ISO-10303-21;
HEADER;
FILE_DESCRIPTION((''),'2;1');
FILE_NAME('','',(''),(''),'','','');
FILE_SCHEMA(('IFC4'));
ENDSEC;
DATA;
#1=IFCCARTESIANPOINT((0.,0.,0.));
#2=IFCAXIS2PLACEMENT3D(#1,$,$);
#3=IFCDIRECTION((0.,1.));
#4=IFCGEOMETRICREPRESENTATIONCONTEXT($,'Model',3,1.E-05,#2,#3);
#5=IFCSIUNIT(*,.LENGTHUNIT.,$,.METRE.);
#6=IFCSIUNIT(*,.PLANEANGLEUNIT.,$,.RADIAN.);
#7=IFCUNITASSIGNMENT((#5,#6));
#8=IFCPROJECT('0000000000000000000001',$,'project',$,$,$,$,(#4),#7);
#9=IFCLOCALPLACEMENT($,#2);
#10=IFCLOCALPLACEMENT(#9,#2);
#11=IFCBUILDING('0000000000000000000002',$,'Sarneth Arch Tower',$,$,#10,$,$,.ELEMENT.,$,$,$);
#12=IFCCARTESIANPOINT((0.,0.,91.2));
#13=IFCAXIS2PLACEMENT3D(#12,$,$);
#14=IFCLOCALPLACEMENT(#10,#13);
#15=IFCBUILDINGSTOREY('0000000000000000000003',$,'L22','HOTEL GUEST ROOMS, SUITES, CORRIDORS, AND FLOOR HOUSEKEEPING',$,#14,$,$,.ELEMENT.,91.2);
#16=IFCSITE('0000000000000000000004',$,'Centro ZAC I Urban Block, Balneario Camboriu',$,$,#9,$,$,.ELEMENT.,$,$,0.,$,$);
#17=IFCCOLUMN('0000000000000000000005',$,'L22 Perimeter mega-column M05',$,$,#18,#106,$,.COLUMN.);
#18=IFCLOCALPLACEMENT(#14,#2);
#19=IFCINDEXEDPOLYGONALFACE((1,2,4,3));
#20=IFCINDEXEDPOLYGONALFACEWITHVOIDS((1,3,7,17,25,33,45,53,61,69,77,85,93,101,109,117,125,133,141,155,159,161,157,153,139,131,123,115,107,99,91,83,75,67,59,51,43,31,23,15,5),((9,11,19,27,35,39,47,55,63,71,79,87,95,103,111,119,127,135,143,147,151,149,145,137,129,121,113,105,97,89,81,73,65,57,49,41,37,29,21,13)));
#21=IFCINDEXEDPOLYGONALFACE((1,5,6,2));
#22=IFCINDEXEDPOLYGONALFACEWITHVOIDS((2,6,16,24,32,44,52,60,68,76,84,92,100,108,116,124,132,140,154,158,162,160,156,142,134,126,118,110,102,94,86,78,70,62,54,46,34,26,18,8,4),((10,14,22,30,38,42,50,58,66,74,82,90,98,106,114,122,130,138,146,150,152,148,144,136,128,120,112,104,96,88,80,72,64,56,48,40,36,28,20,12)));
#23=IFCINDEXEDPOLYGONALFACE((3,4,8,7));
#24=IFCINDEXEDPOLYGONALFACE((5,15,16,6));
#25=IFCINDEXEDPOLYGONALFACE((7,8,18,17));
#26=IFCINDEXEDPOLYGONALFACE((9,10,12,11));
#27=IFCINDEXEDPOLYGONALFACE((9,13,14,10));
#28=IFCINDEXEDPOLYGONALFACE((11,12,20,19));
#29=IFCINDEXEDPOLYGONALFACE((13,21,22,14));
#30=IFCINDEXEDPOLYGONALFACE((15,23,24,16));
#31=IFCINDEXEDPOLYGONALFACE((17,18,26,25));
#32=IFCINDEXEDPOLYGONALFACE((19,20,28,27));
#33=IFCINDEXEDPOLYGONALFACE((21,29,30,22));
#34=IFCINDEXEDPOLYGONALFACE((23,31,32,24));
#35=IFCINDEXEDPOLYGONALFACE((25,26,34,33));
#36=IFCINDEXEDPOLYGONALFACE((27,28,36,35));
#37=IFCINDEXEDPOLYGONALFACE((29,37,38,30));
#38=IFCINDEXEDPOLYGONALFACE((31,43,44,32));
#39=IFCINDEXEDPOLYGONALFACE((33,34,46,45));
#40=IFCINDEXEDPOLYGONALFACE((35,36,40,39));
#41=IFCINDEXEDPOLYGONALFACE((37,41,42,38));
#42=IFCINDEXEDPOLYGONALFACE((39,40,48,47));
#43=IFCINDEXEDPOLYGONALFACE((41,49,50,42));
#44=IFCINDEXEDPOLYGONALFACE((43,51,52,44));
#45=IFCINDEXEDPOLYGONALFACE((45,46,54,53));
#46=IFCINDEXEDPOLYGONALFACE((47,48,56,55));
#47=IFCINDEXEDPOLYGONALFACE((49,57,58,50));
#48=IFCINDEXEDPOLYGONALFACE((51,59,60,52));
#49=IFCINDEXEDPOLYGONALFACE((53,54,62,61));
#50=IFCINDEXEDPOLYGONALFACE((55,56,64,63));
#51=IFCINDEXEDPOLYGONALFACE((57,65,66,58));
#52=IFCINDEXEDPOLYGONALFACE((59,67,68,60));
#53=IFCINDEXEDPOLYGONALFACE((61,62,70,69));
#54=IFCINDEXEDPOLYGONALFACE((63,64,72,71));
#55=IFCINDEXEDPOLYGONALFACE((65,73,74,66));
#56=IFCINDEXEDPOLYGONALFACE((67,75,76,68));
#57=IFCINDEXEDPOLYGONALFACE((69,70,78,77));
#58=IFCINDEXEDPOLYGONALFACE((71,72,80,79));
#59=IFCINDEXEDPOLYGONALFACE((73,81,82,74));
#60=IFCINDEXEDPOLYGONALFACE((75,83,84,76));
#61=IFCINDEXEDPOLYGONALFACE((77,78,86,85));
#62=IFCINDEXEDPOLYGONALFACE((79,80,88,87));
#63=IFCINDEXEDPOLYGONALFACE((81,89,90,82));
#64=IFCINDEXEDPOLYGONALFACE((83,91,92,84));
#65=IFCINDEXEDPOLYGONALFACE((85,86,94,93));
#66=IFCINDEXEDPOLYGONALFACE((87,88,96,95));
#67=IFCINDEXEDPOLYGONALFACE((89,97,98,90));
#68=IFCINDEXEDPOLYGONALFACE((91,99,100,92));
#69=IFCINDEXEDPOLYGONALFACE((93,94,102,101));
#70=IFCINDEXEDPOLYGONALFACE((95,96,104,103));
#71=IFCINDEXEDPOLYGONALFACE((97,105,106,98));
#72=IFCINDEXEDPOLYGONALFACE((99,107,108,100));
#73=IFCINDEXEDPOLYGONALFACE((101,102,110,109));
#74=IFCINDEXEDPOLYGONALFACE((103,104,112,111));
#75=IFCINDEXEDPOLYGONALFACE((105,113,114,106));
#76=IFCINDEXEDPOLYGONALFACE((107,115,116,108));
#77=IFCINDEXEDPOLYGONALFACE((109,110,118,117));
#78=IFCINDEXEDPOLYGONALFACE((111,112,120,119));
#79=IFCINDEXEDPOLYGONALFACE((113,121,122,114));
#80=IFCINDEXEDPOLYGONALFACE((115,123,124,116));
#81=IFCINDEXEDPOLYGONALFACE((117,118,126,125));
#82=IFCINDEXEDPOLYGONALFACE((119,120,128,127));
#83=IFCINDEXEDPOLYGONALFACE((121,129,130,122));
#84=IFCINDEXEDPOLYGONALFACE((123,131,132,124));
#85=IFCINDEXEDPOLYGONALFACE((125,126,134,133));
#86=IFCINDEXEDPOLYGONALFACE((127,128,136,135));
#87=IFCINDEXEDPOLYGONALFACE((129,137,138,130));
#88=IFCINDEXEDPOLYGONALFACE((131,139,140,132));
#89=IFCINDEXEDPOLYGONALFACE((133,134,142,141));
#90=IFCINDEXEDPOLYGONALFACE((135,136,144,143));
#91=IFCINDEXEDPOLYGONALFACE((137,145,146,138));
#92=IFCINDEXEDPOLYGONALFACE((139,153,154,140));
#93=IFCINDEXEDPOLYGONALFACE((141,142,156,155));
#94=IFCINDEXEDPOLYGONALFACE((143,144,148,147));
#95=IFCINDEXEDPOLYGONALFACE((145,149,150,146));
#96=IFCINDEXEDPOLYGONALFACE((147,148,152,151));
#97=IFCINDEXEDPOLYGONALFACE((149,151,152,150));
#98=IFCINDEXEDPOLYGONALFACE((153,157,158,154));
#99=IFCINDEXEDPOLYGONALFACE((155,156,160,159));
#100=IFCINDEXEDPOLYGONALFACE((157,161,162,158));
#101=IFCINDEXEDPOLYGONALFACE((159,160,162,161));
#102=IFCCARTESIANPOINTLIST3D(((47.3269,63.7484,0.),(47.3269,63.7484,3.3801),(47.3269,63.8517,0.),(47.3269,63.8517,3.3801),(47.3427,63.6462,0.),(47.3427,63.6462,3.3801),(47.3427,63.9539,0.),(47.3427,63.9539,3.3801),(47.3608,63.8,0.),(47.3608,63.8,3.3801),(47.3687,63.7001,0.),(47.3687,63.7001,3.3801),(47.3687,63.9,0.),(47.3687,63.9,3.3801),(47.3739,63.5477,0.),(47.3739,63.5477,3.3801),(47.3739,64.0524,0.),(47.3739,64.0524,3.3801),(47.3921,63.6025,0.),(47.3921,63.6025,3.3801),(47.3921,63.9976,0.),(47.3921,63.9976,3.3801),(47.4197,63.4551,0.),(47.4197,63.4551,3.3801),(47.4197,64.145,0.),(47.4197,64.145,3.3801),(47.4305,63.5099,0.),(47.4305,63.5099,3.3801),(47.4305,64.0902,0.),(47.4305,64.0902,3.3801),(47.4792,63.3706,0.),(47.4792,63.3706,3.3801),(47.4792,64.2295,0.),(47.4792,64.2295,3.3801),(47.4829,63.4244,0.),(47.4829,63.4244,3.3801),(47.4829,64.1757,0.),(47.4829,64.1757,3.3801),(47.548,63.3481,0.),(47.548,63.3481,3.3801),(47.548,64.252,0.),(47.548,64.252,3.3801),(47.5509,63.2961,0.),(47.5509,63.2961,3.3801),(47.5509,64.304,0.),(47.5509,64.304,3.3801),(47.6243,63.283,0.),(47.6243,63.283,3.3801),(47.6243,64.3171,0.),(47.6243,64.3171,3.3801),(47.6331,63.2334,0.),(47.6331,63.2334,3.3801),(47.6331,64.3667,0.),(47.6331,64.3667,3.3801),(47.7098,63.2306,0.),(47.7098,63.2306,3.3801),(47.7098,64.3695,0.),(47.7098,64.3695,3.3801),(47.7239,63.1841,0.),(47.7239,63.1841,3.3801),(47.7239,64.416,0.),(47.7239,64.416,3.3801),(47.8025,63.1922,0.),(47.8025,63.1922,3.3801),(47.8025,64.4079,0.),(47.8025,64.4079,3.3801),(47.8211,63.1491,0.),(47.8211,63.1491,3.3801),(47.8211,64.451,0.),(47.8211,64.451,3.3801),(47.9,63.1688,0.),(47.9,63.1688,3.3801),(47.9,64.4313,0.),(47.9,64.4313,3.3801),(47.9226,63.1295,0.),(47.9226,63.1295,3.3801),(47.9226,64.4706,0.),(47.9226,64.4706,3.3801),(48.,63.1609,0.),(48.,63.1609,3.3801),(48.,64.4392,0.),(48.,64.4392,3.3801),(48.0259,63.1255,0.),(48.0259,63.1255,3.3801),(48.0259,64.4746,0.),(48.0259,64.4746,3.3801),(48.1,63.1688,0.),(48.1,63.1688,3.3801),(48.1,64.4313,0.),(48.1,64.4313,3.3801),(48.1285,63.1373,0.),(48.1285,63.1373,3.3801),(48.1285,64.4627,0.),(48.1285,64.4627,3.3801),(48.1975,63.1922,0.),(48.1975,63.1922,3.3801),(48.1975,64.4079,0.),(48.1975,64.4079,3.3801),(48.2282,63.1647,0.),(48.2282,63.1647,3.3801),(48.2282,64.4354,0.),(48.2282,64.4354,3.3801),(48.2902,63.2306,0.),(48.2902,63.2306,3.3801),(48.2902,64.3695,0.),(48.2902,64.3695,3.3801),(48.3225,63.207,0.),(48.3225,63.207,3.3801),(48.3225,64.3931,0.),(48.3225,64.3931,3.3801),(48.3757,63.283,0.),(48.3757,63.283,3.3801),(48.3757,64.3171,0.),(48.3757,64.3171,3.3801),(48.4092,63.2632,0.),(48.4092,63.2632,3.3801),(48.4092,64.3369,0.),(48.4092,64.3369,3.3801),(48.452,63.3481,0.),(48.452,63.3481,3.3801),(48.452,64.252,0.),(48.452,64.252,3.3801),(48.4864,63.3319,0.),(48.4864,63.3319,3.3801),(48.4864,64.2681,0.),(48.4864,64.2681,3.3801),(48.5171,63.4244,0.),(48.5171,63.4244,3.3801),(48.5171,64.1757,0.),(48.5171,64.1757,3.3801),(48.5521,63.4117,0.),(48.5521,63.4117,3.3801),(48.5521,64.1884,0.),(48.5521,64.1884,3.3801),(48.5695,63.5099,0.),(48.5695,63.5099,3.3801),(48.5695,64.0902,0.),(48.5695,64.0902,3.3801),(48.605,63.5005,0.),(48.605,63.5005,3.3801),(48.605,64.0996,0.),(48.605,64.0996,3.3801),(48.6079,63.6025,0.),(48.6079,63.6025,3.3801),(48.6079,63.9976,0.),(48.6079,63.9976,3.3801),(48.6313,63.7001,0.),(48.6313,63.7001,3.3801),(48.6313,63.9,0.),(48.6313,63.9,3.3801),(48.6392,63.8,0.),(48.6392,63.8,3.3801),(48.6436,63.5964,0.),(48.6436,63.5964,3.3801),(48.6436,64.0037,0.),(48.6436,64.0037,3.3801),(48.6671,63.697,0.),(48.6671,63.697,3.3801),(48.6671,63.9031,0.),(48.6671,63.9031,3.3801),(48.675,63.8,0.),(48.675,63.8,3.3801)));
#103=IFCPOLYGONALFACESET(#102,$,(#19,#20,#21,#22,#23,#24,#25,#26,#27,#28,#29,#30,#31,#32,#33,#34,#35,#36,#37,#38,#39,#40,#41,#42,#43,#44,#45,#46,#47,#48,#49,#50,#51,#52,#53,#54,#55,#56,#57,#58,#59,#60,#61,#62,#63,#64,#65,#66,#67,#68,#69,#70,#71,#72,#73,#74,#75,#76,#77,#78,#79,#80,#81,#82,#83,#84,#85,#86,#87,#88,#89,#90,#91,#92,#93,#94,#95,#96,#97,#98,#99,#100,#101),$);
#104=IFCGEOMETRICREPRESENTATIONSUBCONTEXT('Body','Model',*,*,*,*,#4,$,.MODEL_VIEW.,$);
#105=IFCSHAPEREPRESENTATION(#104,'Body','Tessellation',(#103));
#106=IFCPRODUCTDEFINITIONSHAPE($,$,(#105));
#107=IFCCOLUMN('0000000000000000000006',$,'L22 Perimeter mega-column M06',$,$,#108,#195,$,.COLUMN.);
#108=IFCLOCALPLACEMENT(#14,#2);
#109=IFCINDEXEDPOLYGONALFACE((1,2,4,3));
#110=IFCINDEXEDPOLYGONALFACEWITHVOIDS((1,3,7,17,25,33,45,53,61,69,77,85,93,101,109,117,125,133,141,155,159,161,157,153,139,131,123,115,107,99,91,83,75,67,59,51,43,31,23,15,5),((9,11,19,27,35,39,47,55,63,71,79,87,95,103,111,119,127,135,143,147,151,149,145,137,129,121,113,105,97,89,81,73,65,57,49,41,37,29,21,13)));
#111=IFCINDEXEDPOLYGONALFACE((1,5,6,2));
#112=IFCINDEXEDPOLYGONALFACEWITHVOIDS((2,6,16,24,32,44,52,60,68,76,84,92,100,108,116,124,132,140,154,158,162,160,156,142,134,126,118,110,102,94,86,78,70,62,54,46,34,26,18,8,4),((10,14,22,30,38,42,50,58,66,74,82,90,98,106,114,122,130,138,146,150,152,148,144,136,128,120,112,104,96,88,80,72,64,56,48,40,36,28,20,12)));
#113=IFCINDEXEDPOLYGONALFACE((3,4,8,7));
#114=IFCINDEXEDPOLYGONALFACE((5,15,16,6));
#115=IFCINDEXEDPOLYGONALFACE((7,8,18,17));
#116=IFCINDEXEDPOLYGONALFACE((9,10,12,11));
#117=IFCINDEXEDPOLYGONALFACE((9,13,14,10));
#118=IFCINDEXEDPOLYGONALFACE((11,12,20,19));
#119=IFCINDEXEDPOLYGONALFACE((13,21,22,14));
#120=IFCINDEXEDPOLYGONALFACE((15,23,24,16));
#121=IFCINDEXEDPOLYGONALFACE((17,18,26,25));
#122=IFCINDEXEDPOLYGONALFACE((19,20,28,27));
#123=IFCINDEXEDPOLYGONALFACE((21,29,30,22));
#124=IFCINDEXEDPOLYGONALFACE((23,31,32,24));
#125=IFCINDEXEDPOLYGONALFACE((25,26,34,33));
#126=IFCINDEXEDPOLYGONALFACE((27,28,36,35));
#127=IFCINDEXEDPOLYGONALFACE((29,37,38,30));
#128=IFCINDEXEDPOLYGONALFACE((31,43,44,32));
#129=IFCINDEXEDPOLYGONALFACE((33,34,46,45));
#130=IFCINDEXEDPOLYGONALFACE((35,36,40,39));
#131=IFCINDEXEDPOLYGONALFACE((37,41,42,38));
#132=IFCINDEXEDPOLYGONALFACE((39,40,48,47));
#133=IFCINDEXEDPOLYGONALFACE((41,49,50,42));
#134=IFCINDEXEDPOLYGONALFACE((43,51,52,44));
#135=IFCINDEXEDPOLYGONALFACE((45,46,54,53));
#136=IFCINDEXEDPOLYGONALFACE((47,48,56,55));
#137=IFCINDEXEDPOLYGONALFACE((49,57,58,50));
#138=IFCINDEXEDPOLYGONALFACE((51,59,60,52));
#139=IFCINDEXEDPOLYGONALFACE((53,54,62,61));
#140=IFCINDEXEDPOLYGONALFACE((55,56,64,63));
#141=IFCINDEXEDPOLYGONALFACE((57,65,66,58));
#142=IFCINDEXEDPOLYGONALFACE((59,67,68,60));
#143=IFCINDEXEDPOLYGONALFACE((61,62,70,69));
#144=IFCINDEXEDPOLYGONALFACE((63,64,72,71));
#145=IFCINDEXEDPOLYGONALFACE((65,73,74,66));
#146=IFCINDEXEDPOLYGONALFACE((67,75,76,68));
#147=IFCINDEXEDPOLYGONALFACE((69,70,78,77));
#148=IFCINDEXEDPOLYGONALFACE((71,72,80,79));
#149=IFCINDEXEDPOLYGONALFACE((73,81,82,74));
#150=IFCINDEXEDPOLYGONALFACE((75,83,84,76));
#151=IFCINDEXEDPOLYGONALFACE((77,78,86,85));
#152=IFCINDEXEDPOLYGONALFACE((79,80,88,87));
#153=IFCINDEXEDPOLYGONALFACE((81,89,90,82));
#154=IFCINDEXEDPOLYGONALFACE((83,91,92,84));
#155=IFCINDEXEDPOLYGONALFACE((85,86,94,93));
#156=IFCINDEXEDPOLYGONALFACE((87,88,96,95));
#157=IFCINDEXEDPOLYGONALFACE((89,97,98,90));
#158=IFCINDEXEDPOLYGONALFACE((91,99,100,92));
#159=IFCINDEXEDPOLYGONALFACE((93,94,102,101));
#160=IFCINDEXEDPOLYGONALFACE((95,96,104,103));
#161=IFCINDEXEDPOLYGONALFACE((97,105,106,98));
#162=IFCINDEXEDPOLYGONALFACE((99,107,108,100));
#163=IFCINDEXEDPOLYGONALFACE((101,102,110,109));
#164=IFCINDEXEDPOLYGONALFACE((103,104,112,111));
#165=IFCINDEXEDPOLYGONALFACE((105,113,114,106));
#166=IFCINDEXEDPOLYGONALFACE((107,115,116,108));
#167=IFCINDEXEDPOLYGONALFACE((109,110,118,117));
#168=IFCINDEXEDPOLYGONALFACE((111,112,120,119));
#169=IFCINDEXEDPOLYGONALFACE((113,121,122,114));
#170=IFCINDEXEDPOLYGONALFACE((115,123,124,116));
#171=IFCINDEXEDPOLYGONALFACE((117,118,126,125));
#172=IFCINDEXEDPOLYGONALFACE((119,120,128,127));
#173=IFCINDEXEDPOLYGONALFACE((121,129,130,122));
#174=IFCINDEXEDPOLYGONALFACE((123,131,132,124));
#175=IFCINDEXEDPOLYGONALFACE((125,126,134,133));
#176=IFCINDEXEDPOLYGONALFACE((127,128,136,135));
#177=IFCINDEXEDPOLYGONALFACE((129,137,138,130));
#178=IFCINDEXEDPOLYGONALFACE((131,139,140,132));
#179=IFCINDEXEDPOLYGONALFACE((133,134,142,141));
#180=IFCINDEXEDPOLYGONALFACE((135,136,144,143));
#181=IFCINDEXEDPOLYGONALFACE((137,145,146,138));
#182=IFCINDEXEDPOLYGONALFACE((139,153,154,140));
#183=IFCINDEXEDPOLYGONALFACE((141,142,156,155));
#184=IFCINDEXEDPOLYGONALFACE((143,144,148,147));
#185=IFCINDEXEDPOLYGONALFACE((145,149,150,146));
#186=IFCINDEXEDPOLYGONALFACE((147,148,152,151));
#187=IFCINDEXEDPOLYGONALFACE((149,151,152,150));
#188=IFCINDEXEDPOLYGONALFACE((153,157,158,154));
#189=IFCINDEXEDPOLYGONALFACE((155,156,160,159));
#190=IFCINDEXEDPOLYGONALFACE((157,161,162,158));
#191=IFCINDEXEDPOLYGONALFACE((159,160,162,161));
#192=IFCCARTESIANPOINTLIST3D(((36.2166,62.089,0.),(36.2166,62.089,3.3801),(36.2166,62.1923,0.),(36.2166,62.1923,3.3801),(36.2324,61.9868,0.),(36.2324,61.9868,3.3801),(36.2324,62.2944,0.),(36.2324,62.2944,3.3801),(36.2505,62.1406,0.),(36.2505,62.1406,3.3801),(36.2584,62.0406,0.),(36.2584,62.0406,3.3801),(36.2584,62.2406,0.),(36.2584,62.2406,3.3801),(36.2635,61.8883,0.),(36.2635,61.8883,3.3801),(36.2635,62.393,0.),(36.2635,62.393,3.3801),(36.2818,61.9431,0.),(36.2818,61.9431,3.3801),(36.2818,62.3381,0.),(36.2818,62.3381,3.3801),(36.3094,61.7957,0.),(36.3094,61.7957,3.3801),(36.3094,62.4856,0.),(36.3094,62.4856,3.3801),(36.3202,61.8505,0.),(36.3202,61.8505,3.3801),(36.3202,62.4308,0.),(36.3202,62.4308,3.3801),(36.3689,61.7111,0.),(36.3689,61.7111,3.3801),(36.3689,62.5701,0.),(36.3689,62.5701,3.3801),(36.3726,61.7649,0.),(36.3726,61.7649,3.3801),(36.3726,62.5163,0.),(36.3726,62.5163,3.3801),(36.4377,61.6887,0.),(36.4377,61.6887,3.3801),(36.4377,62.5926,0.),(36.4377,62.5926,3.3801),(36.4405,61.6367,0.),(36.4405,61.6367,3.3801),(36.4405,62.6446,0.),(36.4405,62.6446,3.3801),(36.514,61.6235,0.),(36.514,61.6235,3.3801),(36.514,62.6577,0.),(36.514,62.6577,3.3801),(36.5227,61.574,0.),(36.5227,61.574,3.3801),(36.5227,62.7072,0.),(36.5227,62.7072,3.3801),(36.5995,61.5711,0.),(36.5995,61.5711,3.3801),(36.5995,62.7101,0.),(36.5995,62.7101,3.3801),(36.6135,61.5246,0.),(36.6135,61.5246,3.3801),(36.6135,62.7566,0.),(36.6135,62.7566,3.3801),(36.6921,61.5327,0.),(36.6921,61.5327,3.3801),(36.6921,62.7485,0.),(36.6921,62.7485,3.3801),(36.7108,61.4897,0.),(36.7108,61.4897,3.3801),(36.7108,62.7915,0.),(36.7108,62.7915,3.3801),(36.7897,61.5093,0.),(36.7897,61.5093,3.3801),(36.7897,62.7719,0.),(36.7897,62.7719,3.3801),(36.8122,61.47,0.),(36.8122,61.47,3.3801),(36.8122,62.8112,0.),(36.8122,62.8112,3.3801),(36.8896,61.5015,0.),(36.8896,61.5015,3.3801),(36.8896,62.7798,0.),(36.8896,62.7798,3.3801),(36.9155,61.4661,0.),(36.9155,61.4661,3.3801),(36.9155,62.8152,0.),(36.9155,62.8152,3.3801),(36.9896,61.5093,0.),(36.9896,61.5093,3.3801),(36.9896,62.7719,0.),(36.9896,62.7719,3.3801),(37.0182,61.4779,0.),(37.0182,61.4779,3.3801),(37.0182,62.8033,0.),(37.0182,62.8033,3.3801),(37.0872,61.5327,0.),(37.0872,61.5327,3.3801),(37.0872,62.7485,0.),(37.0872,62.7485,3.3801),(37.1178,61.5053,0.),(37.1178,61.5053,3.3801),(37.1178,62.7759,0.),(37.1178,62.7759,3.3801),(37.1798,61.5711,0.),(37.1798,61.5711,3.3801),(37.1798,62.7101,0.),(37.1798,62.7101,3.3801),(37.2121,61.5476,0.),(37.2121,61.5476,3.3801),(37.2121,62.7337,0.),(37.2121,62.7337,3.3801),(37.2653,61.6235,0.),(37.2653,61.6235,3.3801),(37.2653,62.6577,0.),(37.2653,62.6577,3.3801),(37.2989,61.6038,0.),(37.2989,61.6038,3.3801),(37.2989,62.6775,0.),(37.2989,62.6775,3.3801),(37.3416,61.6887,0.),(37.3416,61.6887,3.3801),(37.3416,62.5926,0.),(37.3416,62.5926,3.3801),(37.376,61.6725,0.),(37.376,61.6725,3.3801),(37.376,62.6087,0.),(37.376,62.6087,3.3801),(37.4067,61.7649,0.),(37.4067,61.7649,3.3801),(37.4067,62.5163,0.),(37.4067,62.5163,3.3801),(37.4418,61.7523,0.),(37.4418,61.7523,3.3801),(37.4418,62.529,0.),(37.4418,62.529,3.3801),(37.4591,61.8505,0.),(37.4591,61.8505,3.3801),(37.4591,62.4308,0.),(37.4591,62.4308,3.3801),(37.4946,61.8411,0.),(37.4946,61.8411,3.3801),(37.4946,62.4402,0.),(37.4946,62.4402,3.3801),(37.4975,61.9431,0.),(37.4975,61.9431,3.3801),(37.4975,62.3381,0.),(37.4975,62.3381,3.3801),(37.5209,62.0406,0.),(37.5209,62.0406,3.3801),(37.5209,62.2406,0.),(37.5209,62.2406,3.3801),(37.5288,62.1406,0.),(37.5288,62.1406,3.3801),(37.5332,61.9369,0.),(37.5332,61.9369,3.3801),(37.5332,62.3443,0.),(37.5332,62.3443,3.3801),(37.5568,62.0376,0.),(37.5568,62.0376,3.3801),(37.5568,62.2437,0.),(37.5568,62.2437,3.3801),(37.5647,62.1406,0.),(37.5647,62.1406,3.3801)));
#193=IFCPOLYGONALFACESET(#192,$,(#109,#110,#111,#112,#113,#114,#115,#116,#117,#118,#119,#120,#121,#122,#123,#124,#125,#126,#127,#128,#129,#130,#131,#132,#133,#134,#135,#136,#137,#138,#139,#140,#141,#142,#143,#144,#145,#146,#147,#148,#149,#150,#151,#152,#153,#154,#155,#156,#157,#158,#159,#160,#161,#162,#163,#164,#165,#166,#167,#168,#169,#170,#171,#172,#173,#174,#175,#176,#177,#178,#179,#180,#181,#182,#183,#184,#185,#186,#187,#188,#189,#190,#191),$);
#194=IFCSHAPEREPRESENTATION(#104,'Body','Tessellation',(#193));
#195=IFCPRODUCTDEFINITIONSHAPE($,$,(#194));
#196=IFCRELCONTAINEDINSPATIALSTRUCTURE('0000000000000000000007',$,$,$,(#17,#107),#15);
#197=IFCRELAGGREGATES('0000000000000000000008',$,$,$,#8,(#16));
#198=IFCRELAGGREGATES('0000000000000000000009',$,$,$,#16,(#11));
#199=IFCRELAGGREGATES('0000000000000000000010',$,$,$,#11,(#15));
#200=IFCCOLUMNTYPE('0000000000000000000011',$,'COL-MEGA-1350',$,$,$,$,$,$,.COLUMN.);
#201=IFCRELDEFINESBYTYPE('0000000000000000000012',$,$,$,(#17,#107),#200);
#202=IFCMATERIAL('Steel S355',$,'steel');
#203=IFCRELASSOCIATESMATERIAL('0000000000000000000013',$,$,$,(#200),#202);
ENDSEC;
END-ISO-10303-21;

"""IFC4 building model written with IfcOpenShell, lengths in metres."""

from ifc_helpers import new_model, si_unit, direction, frame, origin, origin_2d, place, context, subcontext, project, spatial, hollow_circle, extrude, material, material_profile, profile_set, type_object, element, save


model = new_model("IFC4")

# Units and contexts
model_context = context("Model", 3, precision=1e-05, world=origin(), true_north=direction((0.0, 1.0)))
body_context = subcontext(model_context, "Body", "Model", "MODEL_VIEW")
ifc_project = project(units=[si_unit("LENGTHUNIT", "METRE"), si_unit("PLANEANGLEUNIT", "RADIAN")], contexts=[model_context])

# Site, building, storey
site_placement = place(None, origin())
site = spatial("IfcSite", under=ifc_project, at=site_placement, Name="Centro ZAC I Urban Block, Balneario Camboriu", CompositionType="ELEMENT", RefElevation=0.0)
building_placement = place(site_placement, origin())
building = spatial("IfcBuilding", under=site, at=building_placement, Name="Sarneth Arch Tower", CompositionType="ELEMENT")
storey_placement = place(building_placement, frame((0.0, 0.0, 91.2)))
storey = spatial("IfcBuildingStorey", under=building, at=storey_placement, Name="L22", Description="HOTEL GUEST ROOMS, SUITES, CORRIDORS, AND FLOOR HOUSEKEEPING", CompositionType="ELEMENT", Elevation=91.2)

# Columns
ifc_material_1 = material(Name="Steel S355", Category="steel")
ifc_material_profile_1 = material_profile(ifc_material_1, hollow_circle(Radius=0.675, WallThickness=0.0359, at=origin_2d()), Name="CHS1350x36")
ifc_profile_set_1 = profile_set([ifc_material_profile_1], Name="Steel S355")
column_type = type_object("IfcColumnType", Name="COL-MEGA-1350", PredefinedType="COLUMN", material=ifc_profile_set_1)
for number, where, z_axis, x_axis, name in (
    (1, (48.0, 63.8, 0.0), (0.0, 0.0, 1.0), (1.0, 0.0, 0.0), "L22 Perimeter mega-column M05"),
    (2, (36.8896, 62.1406, 0.0), (0.0, 0.0, 1.0), (1.0, 0.0, 0.0), "L22 Perimeter mega-column M06"),
):
    element("IfcColumn", number, at=place(storey_placement, frame(where, z_axis=z_axis, x_axis=x_axis)), inside=storey, type_object=column_type, Name=name, PredefinedType="COLUMN", context=body_context, shape_type="SweptSolid", body=[
        extrude(hollow_circle(Radius=0.675, WallThickness=0.0359, at=origin_2d()), origin(), (0.0, 0.0, 1.0), 3.3801),
    ])

save(model, "model.ifc")
